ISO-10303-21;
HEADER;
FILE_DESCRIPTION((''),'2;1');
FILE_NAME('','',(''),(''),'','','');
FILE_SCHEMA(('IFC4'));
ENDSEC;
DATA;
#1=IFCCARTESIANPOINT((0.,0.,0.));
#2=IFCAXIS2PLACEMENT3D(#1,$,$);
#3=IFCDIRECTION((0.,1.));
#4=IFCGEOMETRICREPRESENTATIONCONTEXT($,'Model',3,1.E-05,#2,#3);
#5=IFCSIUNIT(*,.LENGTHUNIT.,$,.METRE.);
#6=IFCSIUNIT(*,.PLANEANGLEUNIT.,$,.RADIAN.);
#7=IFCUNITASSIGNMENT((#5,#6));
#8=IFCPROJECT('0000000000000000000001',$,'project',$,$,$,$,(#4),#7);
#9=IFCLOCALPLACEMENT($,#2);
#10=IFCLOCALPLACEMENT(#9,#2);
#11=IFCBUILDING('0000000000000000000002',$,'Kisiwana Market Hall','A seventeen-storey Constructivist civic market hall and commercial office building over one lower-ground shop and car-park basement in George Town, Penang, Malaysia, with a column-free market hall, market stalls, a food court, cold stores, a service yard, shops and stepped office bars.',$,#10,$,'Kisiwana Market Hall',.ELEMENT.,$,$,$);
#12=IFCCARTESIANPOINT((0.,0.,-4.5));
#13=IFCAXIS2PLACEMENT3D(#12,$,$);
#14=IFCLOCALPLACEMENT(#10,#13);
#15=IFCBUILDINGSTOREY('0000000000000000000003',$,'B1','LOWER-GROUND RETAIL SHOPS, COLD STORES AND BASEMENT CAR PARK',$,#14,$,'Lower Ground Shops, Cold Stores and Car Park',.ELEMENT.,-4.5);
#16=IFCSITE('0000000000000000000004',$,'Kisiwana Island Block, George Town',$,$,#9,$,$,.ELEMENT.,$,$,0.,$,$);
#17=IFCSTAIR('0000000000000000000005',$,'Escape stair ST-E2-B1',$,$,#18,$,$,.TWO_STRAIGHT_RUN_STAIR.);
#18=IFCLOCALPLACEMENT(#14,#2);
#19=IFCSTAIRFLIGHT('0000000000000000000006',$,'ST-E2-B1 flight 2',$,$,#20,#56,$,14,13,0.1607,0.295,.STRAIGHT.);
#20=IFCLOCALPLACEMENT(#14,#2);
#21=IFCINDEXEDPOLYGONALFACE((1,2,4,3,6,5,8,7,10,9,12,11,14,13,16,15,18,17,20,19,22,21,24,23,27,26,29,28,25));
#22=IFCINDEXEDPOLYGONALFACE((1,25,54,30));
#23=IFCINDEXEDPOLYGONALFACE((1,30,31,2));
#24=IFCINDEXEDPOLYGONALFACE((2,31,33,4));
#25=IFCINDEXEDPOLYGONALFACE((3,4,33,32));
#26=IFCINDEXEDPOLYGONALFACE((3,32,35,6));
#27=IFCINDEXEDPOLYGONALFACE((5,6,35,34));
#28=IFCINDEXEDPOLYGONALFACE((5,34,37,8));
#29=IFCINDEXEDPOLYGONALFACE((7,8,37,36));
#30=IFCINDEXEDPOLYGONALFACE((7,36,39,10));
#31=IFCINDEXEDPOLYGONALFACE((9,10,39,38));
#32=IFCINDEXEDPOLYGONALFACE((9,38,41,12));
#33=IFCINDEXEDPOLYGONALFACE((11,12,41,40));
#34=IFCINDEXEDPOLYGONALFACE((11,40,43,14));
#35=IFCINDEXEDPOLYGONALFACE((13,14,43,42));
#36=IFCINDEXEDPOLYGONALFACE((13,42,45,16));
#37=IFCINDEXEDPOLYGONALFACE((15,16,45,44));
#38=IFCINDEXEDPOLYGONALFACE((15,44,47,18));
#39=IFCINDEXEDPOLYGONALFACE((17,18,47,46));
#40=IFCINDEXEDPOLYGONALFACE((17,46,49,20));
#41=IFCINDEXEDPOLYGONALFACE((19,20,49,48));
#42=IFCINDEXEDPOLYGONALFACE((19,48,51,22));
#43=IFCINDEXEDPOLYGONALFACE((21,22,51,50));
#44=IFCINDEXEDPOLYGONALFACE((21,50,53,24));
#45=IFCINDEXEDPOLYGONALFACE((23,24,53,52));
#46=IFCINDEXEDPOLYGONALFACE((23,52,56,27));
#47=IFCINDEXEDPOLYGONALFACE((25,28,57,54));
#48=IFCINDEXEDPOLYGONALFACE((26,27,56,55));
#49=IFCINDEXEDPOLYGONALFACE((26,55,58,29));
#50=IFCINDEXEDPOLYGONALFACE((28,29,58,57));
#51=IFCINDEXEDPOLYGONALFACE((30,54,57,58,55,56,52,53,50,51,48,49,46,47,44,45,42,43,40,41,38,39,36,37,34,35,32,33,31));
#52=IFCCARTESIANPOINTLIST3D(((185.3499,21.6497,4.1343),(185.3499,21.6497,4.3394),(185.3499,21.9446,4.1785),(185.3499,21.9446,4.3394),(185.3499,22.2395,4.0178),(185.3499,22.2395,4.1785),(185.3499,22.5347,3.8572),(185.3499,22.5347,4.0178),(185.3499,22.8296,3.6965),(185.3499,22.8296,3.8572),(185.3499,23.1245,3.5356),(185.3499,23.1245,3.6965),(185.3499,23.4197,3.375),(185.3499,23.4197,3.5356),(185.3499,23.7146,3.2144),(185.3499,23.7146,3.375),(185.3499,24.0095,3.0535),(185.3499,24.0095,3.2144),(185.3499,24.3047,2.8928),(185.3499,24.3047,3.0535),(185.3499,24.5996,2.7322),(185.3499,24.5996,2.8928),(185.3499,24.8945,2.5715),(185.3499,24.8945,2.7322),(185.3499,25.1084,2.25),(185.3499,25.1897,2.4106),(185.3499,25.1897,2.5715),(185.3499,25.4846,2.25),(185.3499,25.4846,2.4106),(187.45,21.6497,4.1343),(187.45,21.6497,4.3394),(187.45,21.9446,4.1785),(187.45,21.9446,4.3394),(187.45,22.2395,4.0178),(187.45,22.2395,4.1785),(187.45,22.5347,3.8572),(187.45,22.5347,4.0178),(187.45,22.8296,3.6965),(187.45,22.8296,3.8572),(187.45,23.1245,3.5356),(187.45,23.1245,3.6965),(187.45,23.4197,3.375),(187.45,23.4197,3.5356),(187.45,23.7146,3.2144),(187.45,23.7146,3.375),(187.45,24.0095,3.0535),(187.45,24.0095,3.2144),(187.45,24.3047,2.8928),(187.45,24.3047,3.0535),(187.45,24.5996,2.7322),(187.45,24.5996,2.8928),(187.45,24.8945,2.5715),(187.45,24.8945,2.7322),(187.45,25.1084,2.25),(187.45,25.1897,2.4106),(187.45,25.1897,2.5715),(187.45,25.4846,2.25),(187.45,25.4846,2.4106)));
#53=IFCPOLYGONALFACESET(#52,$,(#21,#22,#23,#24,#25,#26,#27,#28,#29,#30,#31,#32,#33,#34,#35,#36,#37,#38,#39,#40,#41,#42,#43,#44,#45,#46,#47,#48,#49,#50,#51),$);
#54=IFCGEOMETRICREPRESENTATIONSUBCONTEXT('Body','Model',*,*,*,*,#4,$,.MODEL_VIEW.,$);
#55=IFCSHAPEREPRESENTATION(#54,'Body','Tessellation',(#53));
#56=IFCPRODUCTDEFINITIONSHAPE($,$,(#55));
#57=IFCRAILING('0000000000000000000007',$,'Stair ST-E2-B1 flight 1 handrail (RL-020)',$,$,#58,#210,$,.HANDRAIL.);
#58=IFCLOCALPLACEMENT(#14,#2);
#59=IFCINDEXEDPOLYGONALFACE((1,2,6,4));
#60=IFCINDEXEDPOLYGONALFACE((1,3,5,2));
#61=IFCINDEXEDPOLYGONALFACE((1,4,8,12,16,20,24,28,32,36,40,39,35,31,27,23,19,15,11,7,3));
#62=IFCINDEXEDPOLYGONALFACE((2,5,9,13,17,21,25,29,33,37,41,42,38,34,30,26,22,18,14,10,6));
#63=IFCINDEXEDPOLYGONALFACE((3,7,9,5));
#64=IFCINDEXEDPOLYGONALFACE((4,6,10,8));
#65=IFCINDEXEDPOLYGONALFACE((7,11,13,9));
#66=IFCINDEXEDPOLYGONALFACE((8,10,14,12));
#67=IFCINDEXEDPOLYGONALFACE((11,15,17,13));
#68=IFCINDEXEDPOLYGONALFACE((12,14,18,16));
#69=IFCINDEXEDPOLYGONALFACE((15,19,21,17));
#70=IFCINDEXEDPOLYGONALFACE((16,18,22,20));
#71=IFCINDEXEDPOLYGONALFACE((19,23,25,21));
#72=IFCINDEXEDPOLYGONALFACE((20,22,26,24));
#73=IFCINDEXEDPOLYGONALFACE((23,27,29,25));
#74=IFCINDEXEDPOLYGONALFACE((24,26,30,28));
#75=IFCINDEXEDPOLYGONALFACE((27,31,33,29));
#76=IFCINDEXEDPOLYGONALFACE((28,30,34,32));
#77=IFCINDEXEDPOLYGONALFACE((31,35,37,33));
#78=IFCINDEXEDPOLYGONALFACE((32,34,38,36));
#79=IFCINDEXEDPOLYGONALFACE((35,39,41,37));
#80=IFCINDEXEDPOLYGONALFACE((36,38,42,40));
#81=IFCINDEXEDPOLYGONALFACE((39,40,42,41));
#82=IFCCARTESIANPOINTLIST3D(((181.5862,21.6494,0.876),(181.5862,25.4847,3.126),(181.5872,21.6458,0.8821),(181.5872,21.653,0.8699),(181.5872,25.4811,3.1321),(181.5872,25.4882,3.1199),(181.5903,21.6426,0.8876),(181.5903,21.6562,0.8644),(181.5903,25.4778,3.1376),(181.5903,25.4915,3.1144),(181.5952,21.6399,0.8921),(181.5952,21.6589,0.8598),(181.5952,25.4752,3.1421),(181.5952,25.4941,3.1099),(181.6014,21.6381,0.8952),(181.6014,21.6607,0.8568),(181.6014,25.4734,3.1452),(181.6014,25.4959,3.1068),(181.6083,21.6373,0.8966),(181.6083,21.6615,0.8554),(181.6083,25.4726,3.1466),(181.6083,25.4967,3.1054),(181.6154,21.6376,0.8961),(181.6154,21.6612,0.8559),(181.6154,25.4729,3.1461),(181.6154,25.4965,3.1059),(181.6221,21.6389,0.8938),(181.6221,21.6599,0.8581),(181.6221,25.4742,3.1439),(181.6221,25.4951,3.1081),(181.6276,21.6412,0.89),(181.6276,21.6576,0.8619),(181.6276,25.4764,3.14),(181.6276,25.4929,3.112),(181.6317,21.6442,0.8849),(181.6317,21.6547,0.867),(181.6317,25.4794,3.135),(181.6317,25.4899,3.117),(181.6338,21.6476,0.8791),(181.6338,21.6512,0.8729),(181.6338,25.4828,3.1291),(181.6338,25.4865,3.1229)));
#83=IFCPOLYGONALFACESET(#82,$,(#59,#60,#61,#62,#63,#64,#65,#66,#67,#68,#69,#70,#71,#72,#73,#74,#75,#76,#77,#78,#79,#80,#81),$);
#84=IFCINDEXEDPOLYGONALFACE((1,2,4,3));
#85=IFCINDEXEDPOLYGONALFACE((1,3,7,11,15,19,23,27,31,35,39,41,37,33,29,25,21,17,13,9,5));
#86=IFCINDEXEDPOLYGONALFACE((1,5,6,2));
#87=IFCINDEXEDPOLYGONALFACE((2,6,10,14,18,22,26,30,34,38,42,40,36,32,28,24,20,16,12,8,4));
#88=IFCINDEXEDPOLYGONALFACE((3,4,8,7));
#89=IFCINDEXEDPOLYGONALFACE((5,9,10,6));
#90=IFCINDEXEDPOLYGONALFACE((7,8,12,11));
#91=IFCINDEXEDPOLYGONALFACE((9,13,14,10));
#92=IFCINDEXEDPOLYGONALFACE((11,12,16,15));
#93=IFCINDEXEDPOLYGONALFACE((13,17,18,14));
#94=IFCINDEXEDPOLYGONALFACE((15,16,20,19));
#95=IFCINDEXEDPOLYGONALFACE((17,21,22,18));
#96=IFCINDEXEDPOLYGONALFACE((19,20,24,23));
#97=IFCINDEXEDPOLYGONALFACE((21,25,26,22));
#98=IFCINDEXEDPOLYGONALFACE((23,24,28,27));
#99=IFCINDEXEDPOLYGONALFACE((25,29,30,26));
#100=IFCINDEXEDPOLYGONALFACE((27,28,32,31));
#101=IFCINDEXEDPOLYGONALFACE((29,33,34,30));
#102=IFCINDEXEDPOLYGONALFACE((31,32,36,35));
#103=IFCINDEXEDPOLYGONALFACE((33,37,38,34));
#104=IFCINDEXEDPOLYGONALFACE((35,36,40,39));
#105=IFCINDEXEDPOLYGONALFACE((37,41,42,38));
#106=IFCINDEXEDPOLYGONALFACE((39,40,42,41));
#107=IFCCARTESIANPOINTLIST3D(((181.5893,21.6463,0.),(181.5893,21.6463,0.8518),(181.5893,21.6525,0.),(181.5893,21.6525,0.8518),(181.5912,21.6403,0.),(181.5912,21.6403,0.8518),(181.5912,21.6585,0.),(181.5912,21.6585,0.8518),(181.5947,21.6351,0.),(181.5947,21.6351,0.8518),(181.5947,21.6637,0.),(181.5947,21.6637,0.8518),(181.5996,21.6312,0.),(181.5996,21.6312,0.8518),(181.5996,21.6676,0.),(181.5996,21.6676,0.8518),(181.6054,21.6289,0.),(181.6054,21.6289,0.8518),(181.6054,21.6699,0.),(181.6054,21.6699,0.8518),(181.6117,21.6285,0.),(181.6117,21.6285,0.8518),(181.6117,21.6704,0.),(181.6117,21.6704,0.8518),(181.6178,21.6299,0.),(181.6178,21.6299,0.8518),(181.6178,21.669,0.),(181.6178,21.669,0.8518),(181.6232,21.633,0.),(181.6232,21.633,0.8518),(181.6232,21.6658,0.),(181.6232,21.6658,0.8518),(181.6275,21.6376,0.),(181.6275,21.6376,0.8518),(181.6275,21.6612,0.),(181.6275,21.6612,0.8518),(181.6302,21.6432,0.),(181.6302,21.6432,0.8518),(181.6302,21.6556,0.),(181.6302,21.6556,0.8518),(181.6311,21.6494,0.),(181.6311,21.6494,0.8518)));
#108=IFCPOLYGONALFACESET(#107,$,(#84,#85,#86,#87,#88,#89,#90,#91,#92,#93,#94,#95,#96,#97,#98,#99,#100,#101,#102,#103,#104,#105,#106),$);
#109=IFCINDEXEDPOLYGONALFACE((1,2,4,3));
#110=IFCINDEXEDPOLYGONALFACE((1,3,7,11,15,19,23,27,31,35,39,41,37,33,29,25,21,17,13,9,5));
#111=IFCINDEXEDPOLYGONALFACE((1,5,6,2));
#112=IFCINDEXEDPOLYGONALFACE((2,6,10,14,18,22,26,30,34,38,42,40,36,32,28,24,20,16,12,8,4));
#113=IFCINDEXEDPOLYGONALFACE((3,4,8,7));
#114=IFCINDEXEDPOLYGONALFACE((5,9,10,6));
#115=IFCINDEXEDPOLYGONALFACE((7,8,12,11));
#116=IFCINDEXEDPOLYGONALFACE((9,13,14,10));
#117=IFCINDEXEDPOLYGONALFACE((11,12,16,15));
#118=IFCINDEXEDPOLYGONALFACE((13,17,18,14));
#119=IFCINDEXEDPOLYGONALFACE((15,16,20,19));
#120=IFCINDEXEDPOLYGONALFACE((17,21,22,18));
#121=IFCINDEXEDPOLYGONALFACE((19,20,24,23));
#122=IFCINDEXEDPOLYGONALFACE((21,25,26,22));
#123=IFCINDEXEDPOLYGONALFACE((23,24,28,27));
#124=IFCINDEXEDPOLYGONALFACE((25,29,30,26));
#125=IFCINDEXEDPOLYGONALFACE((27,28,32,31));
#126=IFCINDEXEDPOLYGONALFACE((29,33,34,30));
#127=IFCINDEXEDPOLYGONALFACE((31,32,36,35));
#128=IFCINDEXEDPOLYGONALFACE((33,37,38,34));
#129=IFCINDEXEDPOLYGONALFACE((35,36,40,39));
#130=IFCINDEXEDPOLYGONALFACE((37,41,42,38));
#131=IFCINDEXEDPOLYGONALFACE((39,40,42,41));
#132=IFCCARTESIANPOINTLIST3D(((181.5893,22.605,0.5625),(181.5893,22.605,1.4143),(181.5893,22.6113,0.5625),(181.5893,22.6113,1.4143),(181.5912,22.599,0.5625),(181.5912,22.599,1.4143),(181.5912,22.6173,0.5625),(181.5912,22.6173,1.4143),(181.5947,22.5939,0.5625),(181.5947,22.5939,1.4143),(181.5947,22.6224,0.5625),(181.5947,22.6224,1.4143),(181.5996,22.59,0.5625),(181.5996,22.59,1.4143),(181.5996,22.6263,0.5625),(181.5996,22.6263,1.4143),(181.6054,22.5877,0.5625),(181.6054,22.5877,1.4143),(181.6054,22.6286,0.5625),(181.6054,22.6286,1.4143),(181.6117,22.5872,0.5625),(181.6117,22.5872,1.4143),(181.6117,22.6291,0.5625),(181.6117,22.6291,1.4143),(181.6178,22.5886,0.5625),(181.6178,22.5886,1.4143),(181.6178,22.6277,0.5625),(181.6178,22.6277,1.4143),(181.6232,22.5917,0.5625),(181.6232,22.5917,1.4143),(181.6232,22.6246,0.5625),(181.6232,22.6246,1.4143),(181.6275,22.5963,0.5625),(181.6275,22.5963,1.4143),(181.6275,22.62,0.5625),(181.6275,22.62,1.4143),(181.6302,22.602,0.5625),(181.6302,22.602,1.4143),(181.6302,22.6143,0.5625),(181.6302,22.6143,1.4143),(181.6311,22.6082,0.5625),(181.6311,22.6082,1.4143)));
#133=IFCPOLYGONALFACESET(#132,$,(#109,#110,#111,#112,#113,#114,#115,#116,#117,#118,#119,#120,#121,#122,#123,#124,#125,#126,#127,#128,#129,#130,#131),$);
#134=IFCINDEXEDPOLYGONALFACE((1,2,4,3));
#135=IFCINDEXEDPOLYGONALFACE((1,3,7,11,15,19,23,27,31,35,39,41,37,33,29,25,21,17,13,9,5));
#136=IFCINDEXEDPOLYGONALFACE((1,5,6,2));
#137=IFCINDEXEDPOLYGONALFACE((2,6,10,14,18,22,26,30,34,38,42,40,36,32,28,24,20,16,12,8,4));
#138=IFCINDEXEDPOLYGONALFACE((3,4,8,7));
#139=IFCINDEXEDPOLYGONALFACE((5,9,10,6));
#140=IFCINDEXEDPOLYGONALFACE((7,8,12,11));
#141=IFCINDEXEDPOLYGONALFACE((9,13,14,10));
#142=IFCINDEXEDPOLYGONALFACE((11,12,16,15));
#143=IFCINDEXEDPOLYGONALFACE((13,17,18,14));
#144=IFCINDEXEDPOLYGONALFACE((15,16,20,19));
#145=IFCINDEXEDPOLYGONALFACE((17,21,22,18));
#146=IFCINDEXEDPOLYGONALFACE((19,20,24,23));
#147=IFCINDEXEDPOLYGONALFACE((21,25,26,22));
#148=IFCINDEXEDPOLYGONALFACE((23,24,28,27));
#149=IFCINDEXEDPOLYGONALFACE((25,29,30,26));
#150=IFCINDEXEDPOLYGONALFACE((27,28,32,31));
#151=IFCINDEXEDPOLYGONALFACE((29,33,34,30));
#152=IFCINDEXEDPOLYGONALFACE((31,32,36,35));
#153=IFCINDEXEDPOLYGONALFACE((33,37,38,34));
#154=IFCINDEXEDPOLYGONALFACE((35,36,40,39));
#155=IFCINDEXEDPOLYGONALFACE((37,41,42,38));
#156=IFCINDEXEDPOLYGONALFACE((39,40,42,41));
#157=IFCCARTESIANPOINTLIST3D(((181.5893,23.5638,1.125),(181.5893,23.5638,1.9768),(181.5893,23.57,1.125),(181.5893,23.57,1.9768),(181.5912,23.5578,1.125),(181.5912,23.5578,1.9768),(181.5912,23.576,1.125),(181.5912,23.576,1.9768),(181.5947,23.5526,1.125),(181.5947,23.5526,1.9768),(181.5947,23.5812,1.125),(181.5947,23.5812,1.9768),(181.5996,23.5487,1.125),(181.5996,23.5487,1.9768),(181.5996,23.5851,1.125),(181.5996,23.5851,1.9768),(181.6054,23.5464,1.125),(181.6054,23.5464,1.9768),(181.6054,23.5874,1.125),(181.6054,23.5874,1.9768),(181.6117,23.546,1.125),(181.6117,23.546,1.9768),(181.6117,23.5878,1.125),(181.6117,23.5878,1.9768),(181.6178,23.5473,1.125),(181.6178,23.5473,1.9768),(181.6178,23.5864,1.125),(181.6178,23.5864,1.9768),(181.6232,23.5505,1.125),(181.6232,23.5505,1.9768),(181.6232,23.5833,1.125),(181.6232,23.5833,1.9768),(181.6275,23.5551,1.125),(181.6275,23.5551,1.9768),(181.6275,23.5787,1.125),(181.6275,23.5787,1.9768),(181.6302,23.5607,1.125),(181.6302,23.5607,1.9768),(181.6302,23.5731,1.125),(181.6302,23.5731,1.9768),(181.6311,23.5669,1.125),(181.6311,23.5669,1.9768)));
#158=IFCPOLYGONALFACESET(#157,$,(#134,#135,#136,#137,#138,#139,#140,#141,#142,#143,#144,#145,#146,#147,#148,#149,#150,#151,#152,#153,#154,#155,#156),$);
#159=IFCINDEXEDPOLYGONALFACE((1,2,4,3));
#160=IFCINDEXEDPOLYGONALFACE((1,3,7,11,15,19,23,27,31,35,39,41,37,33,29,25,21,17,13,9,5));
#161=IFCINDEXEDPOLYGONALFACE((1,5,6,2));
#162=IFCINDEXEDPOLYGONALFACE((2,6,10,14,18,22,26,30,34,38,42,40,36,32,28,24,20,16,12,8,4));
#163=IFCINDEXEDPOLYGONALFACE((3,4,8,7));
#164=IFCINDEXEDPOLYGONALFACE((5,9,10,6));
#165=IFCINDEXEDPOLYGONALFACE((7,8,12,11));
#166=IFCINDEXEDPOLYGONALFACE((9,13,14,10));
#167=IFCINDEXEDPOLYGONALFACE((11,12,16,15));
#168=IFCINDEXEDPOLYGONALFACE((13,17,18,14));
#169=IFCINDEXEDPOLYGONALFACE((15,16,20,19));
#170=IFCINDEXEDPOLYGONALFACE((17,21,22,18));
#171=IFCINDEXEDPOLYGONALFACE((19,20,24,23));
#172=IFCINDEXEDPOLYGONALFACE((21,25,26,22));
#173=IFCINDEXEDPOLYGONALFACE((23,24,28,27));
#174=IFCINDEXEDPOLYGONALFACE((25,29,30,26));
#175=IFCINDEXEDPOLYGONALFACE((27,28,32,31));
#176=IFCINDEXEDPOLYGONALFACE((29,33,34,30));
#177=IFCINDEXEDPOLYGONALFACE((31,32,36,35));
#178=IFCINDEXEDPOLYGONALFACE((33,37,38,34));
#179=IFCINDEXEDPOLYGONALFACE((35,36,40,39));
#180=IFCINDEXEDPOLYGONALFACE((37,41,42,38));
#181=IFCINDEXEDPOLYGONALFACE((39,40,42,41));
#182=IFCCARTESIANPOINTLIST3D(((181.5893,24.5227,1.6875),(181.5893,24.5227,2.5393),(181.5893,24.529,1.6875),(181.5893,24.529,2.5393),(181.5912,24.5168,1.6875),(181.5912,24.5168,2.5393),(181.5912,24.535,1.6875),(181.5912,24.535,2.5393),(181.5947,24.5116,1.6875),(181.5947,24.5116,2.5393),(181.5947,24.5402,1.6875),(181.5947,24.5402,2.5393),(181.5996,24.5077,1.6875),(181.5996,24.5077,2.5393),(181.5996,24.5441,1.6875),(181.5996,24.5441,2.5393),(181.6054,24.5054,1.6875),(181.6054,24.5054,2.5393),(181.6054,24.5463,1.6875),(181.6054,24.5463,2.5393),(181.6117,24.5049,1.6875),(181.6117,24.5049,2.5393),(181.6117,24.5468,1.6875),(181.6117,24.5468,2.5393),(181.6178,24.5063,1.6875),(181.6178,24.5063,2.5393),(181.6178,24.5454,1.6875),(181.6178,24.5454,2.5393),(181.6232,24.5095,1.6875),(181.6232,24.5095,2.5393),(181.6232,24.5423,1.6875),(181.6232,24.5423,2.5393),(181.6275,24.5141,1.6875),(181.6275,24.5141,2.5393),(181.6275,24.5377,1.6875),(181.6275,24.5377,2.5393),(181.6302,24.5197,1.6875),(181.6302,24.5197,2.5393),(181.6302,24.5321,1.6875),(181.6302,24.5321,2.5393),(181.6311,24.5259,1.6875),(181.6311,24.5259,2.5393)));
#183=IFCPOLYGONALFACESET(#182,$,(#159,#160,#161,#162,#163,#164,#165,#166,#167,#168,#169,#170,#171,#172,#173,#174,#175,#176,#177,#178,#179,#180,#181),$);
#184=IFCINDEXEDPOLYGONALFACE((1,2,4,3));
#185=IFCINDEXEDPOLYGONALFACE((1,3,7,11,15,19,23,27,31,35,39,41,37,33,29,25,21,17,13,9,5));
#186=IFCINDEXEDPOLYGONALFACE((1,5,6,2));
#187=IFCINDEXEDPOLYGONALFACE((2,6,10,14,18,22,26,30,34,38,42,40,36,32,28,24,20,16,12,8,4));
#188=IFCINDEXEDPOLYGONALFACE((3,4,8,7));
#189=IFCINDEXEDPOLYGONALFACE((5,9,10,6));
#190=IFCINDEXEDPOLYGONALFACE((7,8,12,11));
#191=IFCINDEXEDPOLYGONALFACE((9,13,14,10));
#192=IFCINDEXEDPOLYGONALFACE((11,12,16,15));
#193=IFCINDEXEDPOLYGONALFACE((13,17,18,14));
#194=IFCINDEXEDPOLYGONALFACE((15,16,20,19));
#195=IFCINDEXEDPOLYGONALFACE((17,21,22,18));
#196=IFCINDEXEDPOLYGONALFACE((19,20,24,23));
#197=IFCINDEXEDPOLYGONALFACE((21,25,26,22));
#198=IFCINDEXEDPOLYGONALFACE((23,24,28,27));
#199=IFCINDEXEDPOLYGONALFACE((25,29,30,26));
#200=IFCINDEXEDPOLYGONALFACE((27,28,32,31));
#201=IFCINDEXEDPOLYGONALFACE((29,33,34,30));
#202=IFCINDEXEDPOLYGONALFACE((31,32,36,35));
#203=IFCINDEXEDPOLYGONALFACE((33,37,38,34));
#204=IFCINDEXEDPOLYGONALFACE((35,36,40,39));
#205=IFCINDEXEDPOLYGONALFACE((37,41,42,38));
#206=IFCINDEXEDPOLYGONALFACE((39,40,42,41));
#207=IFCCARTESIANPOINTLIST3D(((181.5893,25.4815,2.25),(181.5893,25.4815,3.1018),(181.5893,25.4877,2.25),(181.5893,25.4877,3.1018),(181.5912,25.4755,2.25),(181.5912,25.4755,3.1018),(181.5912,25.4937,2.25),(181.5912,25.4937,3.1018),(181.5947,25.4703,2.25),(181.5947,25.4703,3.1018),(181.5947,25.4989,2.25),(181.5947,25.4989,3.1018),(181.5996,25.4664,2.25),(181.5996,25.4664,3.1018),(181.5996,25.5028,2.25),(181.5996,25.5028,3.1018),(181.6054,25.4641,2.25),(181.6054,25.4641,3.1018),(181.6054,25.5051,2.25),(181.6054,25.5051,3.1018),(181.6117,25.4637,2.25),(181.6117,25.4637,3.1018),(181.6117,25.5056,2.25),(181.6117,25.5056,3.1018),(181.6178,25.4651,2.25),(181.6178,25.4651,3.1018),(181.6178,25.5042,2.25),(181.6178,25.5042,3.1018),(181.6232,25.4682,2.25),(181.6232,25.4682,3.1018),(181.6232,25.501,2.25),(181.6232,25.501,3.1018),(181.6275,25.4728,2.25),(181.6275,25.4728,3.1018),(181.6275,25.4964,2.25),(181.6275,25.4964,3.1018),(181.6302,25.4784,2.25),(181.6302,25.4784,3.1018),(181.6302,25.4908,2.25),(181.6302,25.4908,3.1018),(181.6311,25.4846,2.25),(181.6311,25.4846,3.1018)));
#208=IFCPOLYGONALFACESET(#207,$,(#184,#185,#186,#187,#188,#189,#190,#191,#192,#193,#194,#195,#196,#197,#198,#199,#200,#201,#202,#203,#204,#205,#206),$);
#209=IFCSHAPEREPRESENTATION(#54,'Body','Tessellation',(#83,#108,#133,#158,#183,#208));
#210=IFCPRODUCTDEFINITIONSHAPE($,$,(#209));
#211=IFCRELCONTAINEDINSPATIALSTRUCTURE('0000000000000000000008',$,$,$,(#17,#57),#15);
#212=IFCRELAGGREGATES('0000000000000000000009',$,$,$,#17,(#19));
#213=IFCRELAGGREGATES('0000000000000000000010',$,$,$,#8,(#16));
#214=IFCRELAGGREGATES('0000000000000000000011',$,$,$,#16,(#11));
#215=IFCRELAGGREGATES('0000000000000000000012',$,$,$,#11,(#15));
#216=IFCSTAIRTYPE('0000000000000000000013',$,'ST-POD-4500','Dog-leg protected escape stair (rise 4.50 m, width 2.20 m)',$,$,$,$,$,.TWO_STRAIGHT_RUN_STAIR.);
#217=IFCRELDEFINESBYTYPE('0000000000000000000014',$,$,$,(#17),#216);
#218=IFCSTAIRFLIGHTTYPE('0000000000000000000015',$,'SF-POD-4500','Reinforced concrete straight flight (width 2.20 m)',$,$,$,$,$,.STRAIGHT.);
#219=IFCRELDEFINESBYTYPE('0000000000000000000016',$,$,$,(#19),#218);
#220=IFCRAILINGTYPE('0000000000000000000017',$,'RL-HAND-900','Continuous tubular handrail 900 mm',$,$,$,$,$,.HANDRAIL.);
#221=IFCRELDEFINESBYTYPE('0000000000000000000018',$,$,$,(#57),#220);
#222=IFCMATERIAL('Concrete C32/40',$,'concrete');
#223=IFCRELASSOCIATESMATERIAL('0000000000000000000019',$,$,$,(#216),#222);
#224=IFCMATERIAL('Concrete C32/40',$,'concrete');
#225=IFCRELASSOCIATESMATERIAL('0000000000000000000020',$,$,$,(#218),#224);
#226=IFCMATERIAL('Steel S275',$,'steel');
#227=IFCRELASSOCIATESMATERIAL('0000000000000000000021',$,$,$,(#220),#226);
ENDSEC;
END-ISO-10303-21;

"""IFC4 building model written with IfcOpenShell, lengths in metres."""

from ifc_helpers import new_model, si_unit, direction, frame, origin, origin_2d, place, context, subcontext, project, spatial, polyline, circle, outline, extrude, material, type_object, element, aggregate, save


model = new_model("IFC4")

# Units and contexts
model_context = context("Model", 3, precision=1e-05, world=origin(), true_north=direction((0.0, 1.0)))
body_context = subcontext(model_context, "Body", "Model", "MODEL_VIEW")
ifc_project = project(units=[si_unit("LENGTHUNIT", "METRE"), si_unit("PLANEANGLEUNIT", "RADIAN")], contexts=[model_context])

# Site, building, storey
site_placement = place(None, origin())
site = spatial("IfcSite", under=ifc_project, at=site_placement, Name="Kisiwana Island Block, George Town", CompositionType="ELEMENT", RefElevation=0.0)
building_placement = place(site_placement, origin())
building = spatial("IfcBuilding", under=site, at=building_placement, Name="Kisiwana Market Hall", Description="A seventeen-storey Constructivist civic market hall and commercial office building over one lower-ground shop and car-park basement in George Town, Penang, Malaysia, with a column-free market hall, market stalls, a food court, cold stores, a service yard, shops and stepped office bars.", LongName="Kisiwana Market Hall", CompositionType="ELEMENT")
storey_placement = place(building_placement, frame((0.0, 0.0, -4.5)))
storey = spatial("IfcBuildingStorey", under=building, at=storey_placement, Name="B1", Description="LOWER-GROUND RETAIL SHOPS, COLD STORES AND BASEMENT CAR PARK", LongName="Lower Ground Shops, Cold Stores and Car Park", CompositionType="ELEMENT", Elevation=-4.5)

# Stair, stair flight
ifc_material_1 = material(Name="Concrete C32/40", Category="concrete")
stair_type = type_object("IfcStairType", Name="ST-POD-4500", Description="Dog-leg protected escape stair (rise 4.50 m, width 2.20 m)", PredefinedType="TWO_STRAIGHT_RUN_STAIR", material=ifc_material_1)
stair_placement = place(storey_placement, origin())
stair = element("IfcStair", 1, at=stair_placement, inside=storey, type_object=stair_type, Name="Escape stair ST-E2-B1", PredefinedType="TWO_STRAIGHT_RUN_STAIR")
ifc_material_2 = material(Name="Concrete C32/40", Category="concrete")
stair_flight_type = type_object("IfcStairFlightType", Name="SF-POD-4500", Description="Reinforced concrete straight flight (width 2.20 m)", PredefinedType="STRAIGHT", material=ifc_material_2)
stair_flight_1_placement = place(storey_placement, frame((186.3999, 25.4846, 2.25), z_axis=(0.0, 0.0, 1.0), x_axis=(0.0, -1.0, 0.0)))
stair_flight_1 = element("IfcStairFlight", 2, at=stair_flight_1_placement, type_object=stair_flight_type, Name="ST-E2-B1 flight 2", NumberOfRisers=14, NumberOfTreads=13, PredefinedType="STRAIGHT", RiserHeight=0.1607, TreadLength=0.295, context=body_context, shape_type="SweptSolid", body=[
    extrude(outline(polyline([(0.0, 0.0), (0.0, 0.1606), (0.2949, 0.1606), (0.2949, 0.3215), (0.5901, 0.3215), (0.5901, 0.4822), (0.885, 0.4822), (0.885, 0.6428), (1.1799, 0.6428), (1.1799, 0.8035), (1.4751, 0.8035), (1.4751, 0.9644), (1.77, 0.9644), (1.77, 1.125), (2.0649, 1.125), (2.0649, 1.2856), (2.3601, 1.2856), (2.3601, 1.4465), (2.655, 1.4465), (2.655, 1.6072), (2.95, 1.6072), (2.95, 1.7678), (3.2451, 1.7678), (3.2451, 1.9285), (3.54, 1.9285), (3.54, 2.0894), (3.835, 2.0894), (3.835, 2.25), (3.835, 1.8843), (0.3762, 0.0), (0.0, 0.0)])), frame((0.0, 1.05, 0.0), z_axis=(0.0, -1.0, 0.0), x_axis=(1.0, 0.0, 0.0)), (0.0, 0.0, 1.0), 2.1001),
])
aggregate(stair, [stair_flight_1])

# Railing
ifc_material_3 = material(Name="Steel S275", Category="steel")
railing_type_1 = type_object("IfcRailingType", Name="RL-HAND-900", Description="Continuous tubular handrail 900 mm", PredefinedType="HANDRAIL", material=ifc_material_3)
railing_1_placement = place(storey_placement, frame((181.6101, 21.6494, 0.0)))
element("IfcRailing", 3, at=railing_1_placement, inside=storey, type_object=railing_type_1, Name="Stair ST-E2-B1 flight 1 handrail (RL-020)", PredefinedType="HANDRAIL", context=body_context, shape_type="SweptSolid", body=[
    extrude(circle(Radius=0.0239, at=origin_2d()), frame((0.0, 0.0, 0.876), z_axis=(0.0, 0.862524, 0.506017), x_axis=(-1.0, 0.0, 0.0)), (0.0, 0.0, 1.0), 4.4465),
    extrude(circle(Radius=0.021, at=origin_2d()), origin(), (0.0, 0.0, 1.0), 0.8518),
    extrude(circle(Radius=0.021, at=origin_2d()), frame((0.0, 0.9587, 0.5625)), (0.0, 0.0, 1.0), 0.8518),
    extrude(circle(Radius=0.021, at=origin_2d()), frame((0.0, 1.9175, 1.125)), (0.0, 0.0, 1.0), 0.8518),
    extrude(circle(Radius=0.021, at=origin_2d()), frame((0.0, 2.8765, 1.6875)), (0.0, 0.0, 1.0), 0.8518),
    extrude(circle(Radius=0.021, at=origin_2d()), frame((0.0, 3.8352, 2.25)), (0.0, 0.0, 1.0), 0.8518),
])

save(model, "model.ifc")
